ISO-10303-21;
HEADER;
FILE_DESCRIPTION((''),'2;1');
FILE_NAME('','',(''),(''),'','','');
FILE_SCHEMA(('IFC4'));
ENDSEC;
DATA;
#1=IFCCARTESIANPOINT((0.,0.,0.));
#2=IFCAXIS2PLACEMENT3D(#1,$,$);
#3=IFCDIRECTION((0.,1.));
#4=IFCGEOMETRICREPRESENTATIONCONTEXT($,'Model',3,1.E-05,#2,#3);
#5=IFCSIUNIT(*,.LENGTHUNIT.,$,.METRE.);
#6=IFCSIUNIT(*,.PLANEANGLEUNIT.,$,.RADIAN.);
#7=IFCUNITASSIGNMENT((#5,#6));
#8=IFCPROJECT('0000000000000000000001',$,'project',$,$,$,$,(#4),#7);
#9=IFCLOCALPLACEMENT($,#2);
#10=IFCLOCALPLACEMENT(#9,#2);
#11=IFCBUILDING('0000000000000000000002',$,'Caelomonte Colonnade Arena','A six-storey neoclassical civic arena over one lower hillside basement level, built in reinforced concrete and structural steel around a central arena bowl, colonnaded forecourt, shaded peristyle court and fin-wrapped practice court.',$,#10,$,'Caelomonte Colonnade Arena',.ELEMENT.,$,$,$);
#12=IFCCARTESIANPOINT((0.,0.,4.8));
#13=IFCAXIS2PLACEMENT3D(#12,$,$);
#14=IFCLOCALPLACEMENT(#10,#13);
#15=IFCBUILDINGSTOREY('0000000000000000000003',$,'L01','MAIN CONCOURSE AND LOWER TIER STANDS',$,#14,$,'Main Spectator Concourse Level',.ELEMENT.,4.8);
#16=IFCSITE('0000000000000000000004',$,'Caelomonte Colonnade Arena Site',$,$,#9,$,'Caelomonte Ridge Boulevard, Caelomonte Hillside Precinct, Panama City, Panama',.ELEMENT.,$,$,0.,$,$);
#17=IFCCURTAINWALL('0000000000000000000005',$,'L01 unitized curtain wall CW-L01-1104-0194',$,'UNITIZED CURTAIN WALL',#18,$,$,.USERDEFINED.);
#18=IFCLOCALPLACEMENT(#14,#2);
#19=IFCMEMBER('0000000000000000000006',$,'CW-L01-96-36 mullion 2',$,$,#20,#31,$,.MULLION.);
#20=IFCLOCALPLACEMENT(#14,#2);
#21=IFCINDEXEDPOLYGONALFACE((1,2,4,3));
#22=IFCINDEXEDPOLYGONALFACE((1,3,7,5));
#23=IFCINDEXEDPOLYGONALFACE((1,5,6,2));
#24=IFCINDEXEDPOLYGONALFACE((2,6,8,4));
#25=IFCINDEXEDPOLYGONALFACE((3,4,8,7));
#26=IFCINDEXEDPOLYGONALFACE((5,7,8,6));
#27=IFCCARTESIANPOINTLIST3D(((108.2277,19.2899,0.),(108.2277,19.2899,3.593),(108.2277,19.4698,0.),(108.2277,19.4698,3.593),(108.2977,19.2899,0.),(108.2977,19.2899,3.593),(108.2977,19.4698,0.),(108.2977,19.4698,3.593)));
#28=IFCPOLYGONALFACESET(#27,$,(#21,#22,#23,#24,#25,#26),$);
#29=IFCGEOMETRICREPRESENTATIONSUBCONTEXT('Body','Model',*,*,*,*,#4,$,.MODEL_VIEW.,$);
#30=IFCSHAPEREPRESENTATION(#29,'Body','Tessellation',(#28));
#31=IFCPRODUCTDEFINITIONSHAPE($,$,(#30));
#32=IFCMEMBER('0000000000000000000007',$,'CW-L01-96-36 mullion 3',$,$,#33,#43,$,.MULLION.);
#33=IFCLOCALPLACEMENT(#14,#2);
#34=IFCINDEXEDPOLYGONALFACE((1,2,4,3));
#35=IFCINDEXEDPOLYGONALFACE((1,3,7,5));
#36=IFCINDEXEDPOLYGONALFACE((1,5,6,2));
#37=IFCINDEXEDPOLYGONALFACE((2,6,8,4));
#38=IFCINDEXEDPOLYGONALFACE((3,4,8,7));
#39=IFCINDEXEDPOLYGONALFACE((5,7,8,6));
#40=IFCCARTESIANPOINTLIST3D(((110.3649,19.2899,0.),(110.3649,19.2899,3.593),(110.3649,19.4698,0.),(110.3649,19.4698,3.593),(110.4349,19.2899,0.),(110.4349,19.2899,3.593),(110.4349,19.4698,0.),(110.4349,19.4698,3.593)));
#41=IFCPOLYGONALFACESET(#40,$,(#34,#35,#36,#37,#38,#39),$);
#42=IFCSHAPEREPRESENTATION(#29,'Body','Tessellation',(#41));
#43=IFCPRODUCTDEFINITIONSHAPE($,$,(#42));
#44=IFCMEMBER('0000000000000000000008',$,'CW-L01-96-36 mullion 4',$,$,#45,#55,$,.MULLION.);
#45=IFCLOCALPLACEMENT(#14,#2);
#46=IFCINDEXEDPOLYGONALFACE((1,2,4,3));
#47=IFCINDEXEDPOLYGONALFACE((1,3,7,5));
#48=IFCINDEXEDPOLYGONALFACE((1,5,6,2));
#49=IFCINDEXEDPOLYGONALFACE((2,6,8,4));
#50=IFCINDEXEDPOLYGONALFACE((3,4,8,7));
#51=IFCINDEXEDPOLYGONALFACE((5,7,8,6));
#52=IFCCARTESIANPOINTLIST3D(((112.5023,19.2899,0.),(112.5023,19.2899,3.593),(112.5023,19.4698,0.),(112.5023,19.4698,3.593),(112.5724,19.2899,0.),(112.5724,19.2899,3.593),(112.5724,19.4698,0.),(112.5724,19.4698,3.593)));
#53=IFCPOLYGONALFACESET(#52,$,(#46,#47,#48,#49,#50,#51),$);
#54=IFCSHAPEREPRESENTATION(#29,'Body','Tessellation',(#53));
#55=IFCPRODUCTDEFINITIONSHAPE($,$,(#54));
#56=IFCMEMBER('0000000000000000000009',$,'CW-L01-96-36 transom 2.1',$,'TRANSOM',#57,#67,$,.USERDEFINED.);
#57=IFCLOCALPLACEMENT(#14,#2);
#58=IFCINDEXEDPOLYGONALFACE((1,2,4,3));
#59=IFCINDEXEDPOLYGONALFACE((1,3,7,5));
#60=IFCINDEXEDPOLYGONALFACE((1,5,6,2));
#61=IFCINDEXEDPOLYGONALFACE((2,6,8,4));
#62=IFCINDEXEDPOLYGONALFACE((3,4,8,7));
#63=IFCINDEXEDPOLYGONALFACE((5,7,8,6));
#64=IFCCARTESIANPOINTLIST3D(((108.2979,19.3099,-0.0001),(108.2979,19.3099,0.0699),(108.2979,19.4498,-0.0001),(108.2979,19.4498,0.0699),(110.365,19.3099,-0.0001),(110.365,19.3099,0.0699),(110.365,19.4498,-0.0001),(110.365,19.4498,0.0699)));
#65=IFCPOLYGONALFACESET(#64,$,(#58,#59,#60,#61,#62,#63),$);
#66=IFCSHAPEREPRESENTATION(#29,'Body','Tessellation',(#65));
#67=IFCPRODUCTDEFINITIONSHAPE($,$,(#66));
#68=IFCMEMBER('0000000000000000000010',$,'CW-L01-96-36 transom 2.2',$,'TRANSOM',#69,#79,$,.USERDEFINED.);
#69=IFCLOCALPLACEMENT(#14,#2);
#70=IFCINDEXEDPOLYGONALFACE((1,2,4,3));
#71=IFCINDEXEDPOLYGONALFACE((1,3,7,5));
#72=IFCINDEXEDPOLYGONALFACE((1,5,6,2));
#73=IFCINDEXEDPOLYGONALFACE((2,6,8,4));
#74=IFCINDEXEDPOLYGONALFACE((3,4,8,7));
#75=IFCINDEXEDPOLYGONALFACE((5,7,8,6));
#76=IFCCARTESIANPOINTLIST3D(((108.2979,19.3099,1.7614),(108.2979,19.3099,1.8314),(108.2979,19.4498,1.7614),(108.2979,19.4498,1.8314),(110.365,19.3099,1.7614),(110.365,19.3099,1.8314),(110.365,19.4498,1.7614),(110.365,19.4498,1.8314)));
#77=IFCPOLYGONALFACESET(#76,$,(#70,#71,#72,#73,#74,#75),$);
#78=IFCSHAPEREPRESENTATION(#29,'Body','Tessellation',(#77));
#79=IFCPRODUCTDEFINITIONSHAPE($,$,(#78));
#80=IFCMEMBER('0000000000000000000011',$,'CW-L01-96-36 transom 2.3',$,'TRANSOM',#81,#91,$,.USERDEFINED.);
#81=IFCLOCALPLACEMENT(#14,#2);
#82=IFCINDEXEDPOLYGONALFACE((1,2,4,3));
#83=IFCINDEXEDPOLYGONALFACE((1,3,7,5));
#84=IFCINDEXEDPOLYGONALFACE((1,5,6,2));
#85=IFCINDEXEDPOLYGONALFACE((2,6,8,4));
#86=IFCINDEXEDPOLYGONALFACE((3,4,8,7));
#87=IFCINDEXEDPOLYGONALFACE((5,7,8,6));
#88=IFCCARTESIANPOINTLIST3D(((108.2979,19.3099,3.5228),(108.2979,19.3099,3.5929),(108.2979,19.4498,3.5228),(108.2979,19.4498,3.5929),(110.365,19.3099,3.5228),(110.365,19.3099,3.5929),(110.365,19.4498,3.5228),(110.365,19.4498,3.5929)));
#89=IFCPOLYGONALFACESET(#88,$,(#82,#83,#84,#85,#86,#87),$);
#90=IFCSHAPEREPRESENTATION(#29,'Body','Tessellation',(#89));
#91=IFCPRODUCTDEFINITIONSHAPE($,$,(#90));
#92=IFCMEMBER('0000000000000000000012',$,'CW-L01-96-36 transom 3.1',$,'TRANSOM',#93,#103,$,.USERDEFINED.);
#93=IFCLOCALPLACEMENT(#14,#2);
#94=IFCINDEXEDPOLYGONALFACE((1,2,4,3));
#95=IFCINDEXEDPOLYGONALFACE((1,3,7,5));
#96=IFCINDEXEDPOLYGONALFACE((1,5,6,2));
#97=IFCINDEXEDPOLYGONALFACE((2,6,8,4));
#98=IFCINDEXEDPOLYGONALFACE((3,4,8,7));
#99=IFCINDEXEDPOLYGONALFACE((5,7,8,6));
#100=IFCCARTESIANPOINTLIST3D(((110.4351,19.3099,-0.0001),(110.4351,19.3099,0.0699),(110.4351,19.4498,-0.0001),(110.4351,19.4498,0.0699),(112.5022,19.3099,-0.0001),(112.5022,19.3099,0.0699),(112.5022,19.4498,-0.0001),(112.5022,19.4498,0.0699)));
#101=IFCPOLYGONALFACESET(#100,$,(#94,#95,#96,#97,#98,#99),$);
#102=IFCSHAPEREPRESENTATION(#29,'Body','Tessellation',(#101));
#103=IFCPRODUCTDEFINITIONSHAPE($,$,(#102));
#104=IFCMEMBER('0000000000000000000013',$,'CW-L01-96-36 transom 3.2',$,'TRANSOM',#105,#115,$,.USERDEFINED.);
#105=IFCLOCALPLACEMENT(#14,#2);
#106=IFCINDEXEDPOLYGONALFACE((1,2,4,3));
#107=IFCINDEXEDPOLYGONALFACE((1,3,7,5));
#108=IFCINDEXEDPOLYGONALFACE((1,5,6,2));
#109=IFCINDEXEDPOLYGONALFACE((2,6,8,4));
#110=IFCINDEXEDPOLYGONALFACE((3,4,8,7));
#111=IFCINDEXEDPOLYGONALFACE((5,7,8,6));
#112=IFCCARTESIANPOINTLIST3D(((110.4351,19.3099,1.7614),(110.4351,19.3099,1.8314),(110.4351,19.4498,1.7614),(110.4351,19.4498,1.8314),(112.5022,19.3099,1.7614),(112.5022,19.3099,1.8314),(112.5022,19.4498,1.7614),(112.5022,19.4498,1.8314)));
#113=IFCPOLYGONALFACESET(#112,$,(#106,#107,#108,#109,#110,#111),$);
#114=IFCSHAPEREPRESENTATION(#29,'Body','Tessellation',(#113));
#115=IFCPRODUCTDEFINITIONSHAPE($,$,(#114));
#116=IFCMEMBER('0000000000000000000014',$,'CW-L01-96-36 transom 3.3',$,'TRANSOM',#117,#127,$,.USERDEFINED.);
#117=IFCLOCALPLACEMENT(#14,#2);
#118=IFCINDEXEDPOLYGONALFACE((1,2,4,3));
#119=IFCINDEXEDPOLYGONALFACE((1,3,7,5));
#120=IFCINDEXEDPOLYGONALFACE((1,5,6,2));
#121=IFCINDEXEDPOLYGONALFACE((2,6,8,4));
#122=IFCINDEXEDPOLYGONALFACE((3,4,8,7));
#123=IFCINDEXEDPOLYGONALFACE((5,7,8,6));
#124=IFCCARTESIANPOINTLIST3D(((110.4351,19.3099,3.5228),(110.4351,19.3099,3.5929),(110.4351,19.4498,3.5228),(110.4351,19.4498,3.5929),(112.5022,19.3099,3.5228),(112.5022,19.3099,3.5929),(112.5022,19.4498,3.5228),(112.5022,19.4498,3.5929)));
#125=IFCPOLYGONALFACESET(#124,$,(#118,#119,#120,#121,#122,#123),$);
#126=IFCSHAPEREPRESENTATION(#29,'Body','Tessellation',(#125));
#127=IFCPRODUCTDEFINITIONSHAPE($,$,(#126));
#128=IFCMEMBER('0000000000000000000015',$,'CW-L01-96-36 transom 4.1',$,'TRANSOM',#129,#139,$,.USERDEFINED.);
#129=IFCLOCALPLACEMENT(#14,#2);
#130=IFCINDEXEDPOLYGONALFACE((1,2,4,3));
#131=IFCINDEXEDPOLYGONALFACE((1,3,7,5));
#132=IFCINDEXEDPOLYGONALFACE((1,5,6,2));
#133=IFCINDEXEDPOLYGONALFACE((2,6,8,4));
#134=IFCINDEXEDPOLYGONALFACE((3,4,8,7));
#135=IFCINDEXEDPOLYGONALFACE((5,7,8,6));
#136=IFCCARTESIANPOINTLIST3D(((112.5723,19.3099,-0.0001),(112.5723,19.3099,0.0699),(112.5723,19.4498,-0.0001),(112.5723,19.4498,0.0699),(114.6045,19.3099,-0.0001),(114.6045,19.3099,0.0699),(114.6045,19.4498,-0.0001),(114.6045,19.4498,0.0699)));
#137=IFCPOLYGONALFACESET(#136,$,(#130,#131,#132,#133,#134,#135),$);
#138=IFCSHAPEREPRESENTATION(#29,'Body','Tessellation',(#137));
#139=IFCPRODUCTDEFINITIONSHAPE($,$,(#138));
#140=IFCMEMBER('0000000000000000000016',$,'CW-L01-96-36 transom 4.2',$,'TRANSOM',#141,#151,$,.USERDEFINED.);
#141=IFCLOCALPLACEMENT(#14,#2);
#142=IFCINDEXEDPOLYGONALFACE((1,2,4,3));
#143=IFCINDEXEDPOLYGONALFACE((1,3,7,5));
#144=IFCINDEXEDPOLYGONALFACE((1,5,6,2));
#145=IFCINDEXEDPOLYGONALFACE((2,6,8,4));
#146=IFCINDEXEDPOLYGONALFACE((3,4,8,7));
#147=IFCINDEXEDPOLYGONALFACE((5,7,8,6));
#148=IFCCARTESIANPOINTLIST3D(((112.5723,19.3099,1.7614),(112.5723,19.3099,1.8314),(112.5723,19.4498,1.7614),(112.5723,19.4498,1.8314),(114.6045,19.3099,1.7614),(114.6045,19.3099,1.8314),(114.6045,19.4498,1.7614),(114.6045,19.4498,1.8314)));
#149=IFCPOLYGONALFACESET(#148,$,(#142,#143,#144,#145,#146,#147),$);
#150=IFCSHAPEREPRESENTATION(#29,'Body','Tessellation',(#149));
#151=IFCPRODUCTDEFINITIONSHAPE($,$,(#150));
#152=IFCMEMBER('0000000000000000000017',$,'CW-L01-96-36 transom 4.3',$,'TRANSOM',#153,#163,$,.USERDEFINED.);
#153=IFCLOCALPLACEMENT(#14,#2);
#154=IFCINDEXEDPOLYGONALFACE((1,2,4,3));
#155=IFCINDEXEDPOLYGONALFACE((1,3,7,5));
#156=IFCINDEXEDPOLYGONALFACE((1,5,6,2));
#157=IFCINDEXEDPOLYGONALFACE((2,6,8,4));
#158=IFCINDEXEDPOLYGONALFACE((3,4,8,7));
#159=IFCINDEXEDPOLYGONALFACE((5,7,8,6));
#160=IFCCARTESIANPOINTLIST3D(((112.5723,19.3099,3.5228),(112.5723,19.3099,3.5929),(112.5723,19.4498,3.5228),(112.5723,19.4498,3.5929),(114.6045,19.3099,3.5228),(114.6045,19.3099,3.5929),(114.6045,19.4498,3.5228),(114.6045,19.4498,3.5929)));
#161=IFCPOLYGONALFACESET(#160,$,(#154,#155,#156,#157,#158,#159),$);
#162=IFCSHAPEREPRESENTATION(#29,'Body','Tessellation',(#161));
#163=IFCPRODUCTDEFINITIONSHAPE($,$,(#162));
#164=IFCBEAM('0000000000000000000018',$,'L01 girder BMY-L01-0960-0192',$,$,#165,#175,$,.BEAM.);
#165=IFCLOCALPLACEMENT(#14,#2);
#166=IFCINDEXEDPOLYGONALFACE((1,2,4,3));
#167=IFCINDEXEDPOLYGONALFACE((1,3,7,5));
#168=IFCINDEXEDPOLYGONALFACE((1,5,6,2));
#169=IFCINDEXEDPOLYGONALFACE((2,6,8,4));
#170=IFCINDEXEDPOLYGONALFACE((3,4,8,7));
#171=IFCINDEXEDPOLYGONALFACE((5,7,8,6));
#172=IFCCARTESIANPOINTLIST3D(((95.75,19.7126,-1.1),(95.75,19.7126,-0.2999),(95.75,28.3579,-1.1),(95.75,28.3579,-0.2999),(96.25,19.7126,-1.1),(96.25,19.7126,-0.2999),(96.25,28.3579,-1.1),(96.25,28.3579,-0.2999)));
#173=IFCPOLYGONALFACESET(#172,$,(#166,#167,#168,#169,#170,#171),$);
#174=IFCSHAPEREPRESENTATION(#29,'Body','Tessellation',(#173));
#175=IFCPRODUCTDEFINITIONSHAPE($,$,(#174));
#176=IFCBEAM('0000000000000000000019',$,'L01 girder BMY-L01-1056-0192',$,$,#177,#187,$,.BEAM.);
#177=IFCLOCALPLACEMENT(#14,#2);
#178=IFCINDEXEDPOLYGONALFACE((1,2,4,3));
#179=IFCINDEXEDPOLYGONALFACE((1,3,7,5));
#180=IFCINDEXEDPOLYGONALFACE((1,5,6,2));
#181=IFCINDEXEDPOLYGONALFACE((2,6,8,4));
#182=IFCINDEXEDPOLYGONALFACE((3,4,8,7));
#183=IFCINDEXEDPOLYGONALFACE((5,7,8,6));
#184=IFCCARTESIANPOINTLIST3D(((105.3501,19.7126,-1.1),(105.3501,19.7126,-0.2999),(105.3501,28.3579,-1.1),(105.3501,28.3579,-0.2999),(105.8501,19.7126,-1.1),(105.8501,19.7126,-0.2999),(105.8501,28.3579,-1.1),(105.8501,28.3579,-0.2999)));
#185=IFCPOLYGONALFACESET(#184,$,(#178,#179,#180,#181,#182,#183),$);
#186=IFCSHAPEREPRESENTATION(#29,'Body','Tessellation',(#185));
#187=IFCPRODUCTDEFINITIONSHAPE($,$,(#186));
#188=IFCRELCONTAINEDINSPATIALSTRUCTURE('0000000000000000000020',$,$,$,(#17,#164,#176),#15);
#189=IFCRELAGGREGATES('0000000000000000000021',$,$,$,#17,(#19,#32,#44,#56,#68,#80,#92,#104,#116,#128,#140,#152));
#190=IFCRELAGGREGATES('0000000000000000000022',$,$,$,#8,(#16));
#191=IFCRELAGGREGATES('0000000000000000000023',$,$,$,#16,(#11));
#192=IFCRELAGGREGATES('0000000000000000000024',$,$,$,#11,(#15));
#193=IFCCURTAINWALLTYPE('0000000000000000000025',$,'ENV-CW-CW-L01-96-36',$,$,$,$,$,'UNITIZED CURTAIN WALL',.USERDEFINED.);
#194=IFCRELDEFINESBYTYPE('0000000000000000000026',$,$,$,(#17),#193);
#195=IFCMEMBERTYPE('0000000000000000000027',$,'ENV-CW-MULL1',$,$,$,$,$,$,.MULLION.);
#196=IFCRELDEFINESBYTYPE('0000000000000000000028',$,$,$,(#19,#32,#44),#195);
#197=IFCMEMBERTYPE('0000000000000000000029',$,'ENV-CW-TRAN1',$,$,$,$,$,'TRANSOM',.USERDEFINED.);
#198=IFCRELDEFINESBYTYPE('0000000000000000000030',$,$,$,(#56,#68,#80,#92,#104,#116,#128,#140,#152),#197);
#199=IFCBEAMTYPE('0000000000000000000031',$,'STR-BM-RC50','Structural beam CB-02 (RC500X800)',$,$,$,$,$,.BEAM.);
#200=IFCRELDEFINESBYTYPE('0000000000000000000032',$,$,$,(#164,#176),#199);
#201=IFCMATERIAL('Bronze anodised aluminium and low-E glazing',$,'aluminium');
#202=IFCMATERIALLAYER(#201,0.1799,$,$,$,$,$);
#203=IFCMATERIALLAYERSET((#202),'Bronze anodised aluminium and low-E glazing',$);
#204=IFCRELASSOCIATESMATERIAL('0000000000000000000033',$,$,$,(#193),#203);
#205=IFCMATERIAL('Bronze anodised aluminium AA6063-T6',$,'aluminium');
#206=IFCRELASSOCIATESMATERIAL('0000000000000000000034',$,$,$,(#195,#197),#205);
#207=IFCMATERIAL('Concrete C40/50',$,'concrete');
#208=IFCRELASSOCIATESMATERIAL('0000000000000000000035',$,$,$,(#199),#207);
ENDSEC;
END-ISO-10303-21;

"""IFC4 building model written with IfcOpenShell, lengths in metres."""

from ifc_helpers import new_model, si_unit, direction, frame, origin, origin_2d, place, context, subcontext, project, spatial, rectangle, extrude, material, layer, layer_set, material_profile, profile_set, type_object, element, aggregate, save


model = new_model("IFC4")

# Units and contexts
model_context = context("Model", 3, precision=1e-05, world=origin(), true_north=direction((0.0, 1.0)))
body_context = subcontext(model_context, "Body", "Model", "MODEL_VIEW")
ifc_project = project(units=[si_unit("LENGTHUNIT", "METRE"), si_unit("PLANEANGLEUNIT", "RADIAN")], contexts=[model_context])

# Site, building, storey
site_placement = place(None, origin())
site = spatial("IfcSite", under=ifc_project, at=site_placement, Name="Caelomonte Colonnade Arena Site", LongName="Caelomonte Ridge Boulevard, Caelomonte Hillside Precinct, Panama City, Panama", CompositionType="ELEMENT", RefElevation=0.0)
building_placement = place(site_placement, origin())
building = spatial("IfcBuilding", under=site, at=building_placement, Name="Caelomonte Colonnade Arena", Description="A six-storey neoclassical civic arena over one lower hillside basement level, built in reinforced concrete and structural steel around a central arena bowl, colonnaded forecourt, shaded peristyle court and fin-wrapped practice court.", LongName="Caelomonte Colonnade Arena", CompositionType="ELEMENT")
storey_placement = place(building_placement, frame((0.0, 0.0, 4.8)))
storey = spatial("IfcBuildingStorey", under=building, at=storey_placement, Name="L01", Description="MAIN CONCOURSE AND LOWER TIER STANDS", LongName="Main Spectator Concourse Level", CompositionType="ELEMENT", Elevation=4.8)

# Curtain wall, members
ifc_material_1 = material(Name="Bronze anodised aluminium and low-E glazing", Category="aluminium")
ifc_layer_1 = layer(ifc_material_1, 0.1799)
ifc_layer_set_1 = layer_set([ifc_layer_1], Name="Bronze anodised aluminium and low-E glazing")
curtain_wall_type = type_object("IfcCurtainWallType", Name="ENV-CW-CW-L01-96-36", ElementType="UNITIZED CURTAIN WALL", PredefinedType="USERDEFINED", material=ifc_layer_set_1)
curtain_wall_placement = place(storey_placement, origin())
curtain_wall = element("IfcCurtainWall", 1, at=curtain_wall_placement, inside=storey, type_object=curtain_wall_type, Name="L01 unitized curtain wall CW-L01-1104-0194", ObjectType="UNITIZED CURTAIN WALL", PredefinedType="USERDEFINED")
ifc_material_2 = material(Name="Bronze anodised aluminium AA6063-T6", Category="aluminium")
ifc_material_profile_1 = material_profile(ifc_material_2, rectangle(XDim=0.0701, YDim=0.1799, at=origin_2d()), Name="CWM-70X180")
ifc_profile_set_1 = profile_set([ifc_material_profile_1], Name="Bronze anodised aluminium AA6063-T6")
member_type_1 = type_object("IfcMemberType", Name="ENV-CW-MULL1", PredefinedType="MULLION", material=ifc_profile_set_1)
member_1_placement = place(storey_placement, frame((108.2627, 19.3799, 0.0), z_axis=(0.0, 0.0, 1.0), x_axis=(1.0, 0.0, 0.0)))
member_1 = element("IfcMember", 2, at=member_1_placement, type_object=member_type_1, Name="CW-L01-96-36 mullion 2", PredefinedType="MULLION", context=body_context, shape_type="SweptSolid", body=[
    extrude(rectangle(XDim=0.0701, YDim=0.1799, at=origin_2d()), origin(), (0.0, 0.0, 1.0), 3.593),
])
member_2_placement = place(storey_placement, frame((110.3999, 19.3799, 0.0), z_axis=(0.0, 0.0, 1.0), x_axis=(1.0, 0.0, 0.0)))
member_2 = element("IfcMember", 3, at=member_2_placement, type_object=member_type_1, Name="CW-L01-96-36 mullion 3", PredefinedType="MULLION", context=body_context, shape_type="SweptSolid", body=[
    extrude(rectangle(XDim=0.0701, YDim=0.1799, at=origin_2d()), origin(), (0.0, 0.0, 1.0), 3.593),
])
member_3_placement = place(storey_placement, frame((112.5374, 19.3799, 0.0), z_axis=(0.0, 0.0, 1.0), x_axis=(1.0, 0.0, 0.0)))
member_3 = element("IfcMember", 4, at=member_3_placement, type_object=member_type_1, Name="CW-L01-96-36 mullion 4", PredefinedType="MULLION", context=body_context, shape_type="SweptSolid", body=[
    extrude(rectangle(XDim=0.0701, YDim=0.1799, at=origin_2d()), origin(), (0.0, 0.0, 1.0), 3.593),
])
ifc_material_profile_2 = material_profile(ifc_material_2, rectangle(XDim=0.0701, YDim=0.1399, at=origin_2d()), Name="CWT-70X140")
ifc_profile_set_2 = profile_set([ifc_material_profile_2], Name="Bronze anodised aluminium AA6063-T6")
member_type_2 = type_object("IfcMemberType", Name="ENV-CW-TRAN1", ElementType="TRANSOM", PredefinedType="USERDEFINED", material=ifc_profile_set_2)
member_4_placement = place(storey_placement, frame((108.2979, 19.3799, 0.0349), z_axis=(1.0, 0.0, 0.0), x_axis=(0.0, 0.0, 1.0)))
member_4 = element("IfcMember", 5, at=member_4_placement, type_object=member_type_2, Name="CW-L01-96-36 transom 2.1", ObjectType="TRANSOM", PredefinedType="USERDEFINED", context=body_context, shape_type="SweptSolid", body=[
    extrude(rectangle(XDim=0.0701, YDim=0.1399, at=origin_2d()), origin(), (0.0, 0.0, 1.0), 2.0671),
])
member_5_placement = place(storey_placement, frame((108.2979, 19.3799, 1.7964), z_axis=(1.0, 0.0, 0.0), x_axis=(0.0, 0.0, 1.0)))
member_5 = element("IfcMember", 6, at=member_5_placement, type_object=member_type_2, Name="CW-L01-96-36 transom 2.2", ObjectType="TRANSOM", PredefinedType="USERDEFINED", context=body_context, shape_type="SweptSolid", body=[
    extrude(rectangle(XDim=0.0701, YDim=0.1399, at=origin_2d()), origin(), (0.0, 0.0, 1.0), 2.0671),
])
member_6_placement = place(storey_placement, frame((108.2979, 19.3799, 3.5579), z_axis=(1.0, 0.0, 0.0), x_axis=(0.0, 0.0, 1.0)))
member_6 = element("IfcMember", 7, at=member_6_placement, type_object=member_type_2, Name="CW-L01-96-36 transom 2.3", ObjectType="TRANSOM", PredefinedType="USERDEFINED", context=body_context, shape_type="SweptSolid", body=[
    extrude(rectangle(XDim=0.0701, YDim=0.1399, at=origin_2d()), origin(), (0.0, 0.0, 1.0), 2.0671),
])
member_7_placement = place(storey_placement, frame((110.4351, 19.3799, 0.0349), z_axis=(1.0, 0.0, 0.0), x_axis=(0.0, 0.0, 1.0)))
member_7 = element("IfcMember", 8, at=member_7_placement, type_object=member_type_2, Name="CW-L01-96-36 transom 3.1", ObjectType="TRANSOM", PredefinedType="USERDEFINED", context=body_context, shape_type="SweptSolid", body=[
    extrude(rectangle(XDim=0.0701, YDim=0.1399, at=origin_2d()), origin(), (0.0, 0.0, 1.0), 2.0671),
])
member_8_placement = place(storey_placement, frame((110.4351, 19.3799, 1.7964), z_axis=(1.0, 0.0, 0.0), x_axis=(0.0, 0.0, 1.0)))
member_8 = element("IfcMember", 9, at=member_8_placement, type_object=member_type_2, Name="CW-L01-96-36 transom 3.2", ObjectType="TRANSOM", PredefinedType="USERDEFINED", context=body_context, shape_type="SweptSolid", body=[
    extrude(rectangle(XDim=0.0701, YDim=0.1399, at=origin_2d()), origin(), (0.0, 0.0, 1.0), 2.0671),
])
member_9_placement = place(storey_placement, frame((110.4351, 19.3799, 3.5579), z_axis=(1.0, 0.0, 0.0), x_axis=(0.0, 0.0, 1.0)))
member_9 = element("IfcMember", 10, at=member_9_placement, type_object=member_type_2, Name="CW-L01-96-36 transom 3.3", ObjectType="TRANSOM", PredefinedType="USERDEFINED", context=body_context, shape_type="SweptSolid", body=[
    extrude(rectangle(XDim=0.0701, YDim=0.1399, at=origin_2d()), origin(), (0.0, 0.0, 1.0), 2.0671),
])
member_10_placement = place(storey_placement, frame((112.5723, 19.3799, 0.0349), z_axis=(1.0, 0.0, 0.0), x_axis=(0.0, 0.0, 1.0)))
member_10 = element("IfcMember", 11, at=member_10_placement, type_object=member_type_2, Name="CW-L01-96-36 transom 4.1", ObjectType="TRANSOM", PredefinedType="USERDEFINED", context=body_context, shape_type="SweptSolid", body=[
    extrude(rectangle(XDim=0.0701, YDim=0.1399, at=origin_2d()), origin(), (0.0, 0.0, 1.0), 2.0322),
])
member_11_placement = place(storey_placement, frame((112.5723, 19.3799, 1.7964), z_axis=(1.0, 0.0, 0.0), x_axis=(0.0, 0.0, 1.0)))
member_11 = element("IfcMember", 12, at=member_11_placement, type_object=member_type_2, Name="CW-L01-96-36 transom 4.2", ObjectType="TRANSOM", PredefinedType="USERDEFINED", context=body_context, shape_type="SweptSolid", body=[
    extrude(rectangle(XDim=0.0701, YDim=0.1399, at=origin_2d()), origin(), (0.0, 0.0, 1.0), 2.0322),
])
member_12_placement = place(storey_placement, frame((112.5723, 19.3799, 3.5579), z_axis=(1.0, 0.0, 0.0), x_axis=(0.0, 0.0, 1.0)))
member_12 = element("IfcMember", 13, at=member_12_placement, type_object=member_type_2, Name="CW-L01-96-36 transom 4.3", ObjectType="TRANSOM", PredefinedType="USERDEFINED", context=body_context, shape_type="SweptSolid", body=[
    extrude(rectangle(XDim=0.0701, YDim=0.1399, at=origin_2d()), origin(), (0.0, 0.0, 1.0), 2.0322),
])

# Beams
ifc_material_3 = material(Name="Concrete C40/50", Category="concrete")
ifc_material_profile_3 = material_profile(ifc_material_3, rectangle(XDim=0.5, YDim=0.8, at=origin_2d()), Name="RC500X800")
ifc_profile_set_3 = profile_set([ifc_material_profile_3], Name="Concrete C40/50")
beam_type = type_object("IfcBeamType", Name="STR-BM-RC50", Description="Structural beam CB-02 (RC500X800)", PredefinedType="BEAM", material=ifc_profile_set_3)
for number, where, z_axis, x_axis, name in (
    (14, (96.0, 19.7126, -0.7), (0.0, 1.0, 0.0), (-1.0, 0.0, 0.0), "L01 girder BMY-L01-0960-0192"),
    (15, (105.6001, 19.7126, -0.7), (0.0, 1.0, 0.0), (-1.0, 0.0, 0.0), "L01 girder BMY-L01-1056-0192"),
):
    element("IfcBeam", number, at=place(storey_placement, frame(where, z_axis=z_axis, x_axis=x_axis)), inside=storey, type_object=beam_type, Name=name, PredefinedType="BEAM", context=body_context, shape_type="SweptSolid", body=[
        extrude(rectangle(XDim=0.5, YDim=0.8, at=origin_2d()), origin(), (0.0, 0.0, 1.0), 8.6453),
    ])

aggregate(curtain_wall, [member_1, member_2, member_3, member_4, member_5, member_6, member_7, member_8, member_9, member_10, member_11, member_12])

save(model, "model.ifc")
